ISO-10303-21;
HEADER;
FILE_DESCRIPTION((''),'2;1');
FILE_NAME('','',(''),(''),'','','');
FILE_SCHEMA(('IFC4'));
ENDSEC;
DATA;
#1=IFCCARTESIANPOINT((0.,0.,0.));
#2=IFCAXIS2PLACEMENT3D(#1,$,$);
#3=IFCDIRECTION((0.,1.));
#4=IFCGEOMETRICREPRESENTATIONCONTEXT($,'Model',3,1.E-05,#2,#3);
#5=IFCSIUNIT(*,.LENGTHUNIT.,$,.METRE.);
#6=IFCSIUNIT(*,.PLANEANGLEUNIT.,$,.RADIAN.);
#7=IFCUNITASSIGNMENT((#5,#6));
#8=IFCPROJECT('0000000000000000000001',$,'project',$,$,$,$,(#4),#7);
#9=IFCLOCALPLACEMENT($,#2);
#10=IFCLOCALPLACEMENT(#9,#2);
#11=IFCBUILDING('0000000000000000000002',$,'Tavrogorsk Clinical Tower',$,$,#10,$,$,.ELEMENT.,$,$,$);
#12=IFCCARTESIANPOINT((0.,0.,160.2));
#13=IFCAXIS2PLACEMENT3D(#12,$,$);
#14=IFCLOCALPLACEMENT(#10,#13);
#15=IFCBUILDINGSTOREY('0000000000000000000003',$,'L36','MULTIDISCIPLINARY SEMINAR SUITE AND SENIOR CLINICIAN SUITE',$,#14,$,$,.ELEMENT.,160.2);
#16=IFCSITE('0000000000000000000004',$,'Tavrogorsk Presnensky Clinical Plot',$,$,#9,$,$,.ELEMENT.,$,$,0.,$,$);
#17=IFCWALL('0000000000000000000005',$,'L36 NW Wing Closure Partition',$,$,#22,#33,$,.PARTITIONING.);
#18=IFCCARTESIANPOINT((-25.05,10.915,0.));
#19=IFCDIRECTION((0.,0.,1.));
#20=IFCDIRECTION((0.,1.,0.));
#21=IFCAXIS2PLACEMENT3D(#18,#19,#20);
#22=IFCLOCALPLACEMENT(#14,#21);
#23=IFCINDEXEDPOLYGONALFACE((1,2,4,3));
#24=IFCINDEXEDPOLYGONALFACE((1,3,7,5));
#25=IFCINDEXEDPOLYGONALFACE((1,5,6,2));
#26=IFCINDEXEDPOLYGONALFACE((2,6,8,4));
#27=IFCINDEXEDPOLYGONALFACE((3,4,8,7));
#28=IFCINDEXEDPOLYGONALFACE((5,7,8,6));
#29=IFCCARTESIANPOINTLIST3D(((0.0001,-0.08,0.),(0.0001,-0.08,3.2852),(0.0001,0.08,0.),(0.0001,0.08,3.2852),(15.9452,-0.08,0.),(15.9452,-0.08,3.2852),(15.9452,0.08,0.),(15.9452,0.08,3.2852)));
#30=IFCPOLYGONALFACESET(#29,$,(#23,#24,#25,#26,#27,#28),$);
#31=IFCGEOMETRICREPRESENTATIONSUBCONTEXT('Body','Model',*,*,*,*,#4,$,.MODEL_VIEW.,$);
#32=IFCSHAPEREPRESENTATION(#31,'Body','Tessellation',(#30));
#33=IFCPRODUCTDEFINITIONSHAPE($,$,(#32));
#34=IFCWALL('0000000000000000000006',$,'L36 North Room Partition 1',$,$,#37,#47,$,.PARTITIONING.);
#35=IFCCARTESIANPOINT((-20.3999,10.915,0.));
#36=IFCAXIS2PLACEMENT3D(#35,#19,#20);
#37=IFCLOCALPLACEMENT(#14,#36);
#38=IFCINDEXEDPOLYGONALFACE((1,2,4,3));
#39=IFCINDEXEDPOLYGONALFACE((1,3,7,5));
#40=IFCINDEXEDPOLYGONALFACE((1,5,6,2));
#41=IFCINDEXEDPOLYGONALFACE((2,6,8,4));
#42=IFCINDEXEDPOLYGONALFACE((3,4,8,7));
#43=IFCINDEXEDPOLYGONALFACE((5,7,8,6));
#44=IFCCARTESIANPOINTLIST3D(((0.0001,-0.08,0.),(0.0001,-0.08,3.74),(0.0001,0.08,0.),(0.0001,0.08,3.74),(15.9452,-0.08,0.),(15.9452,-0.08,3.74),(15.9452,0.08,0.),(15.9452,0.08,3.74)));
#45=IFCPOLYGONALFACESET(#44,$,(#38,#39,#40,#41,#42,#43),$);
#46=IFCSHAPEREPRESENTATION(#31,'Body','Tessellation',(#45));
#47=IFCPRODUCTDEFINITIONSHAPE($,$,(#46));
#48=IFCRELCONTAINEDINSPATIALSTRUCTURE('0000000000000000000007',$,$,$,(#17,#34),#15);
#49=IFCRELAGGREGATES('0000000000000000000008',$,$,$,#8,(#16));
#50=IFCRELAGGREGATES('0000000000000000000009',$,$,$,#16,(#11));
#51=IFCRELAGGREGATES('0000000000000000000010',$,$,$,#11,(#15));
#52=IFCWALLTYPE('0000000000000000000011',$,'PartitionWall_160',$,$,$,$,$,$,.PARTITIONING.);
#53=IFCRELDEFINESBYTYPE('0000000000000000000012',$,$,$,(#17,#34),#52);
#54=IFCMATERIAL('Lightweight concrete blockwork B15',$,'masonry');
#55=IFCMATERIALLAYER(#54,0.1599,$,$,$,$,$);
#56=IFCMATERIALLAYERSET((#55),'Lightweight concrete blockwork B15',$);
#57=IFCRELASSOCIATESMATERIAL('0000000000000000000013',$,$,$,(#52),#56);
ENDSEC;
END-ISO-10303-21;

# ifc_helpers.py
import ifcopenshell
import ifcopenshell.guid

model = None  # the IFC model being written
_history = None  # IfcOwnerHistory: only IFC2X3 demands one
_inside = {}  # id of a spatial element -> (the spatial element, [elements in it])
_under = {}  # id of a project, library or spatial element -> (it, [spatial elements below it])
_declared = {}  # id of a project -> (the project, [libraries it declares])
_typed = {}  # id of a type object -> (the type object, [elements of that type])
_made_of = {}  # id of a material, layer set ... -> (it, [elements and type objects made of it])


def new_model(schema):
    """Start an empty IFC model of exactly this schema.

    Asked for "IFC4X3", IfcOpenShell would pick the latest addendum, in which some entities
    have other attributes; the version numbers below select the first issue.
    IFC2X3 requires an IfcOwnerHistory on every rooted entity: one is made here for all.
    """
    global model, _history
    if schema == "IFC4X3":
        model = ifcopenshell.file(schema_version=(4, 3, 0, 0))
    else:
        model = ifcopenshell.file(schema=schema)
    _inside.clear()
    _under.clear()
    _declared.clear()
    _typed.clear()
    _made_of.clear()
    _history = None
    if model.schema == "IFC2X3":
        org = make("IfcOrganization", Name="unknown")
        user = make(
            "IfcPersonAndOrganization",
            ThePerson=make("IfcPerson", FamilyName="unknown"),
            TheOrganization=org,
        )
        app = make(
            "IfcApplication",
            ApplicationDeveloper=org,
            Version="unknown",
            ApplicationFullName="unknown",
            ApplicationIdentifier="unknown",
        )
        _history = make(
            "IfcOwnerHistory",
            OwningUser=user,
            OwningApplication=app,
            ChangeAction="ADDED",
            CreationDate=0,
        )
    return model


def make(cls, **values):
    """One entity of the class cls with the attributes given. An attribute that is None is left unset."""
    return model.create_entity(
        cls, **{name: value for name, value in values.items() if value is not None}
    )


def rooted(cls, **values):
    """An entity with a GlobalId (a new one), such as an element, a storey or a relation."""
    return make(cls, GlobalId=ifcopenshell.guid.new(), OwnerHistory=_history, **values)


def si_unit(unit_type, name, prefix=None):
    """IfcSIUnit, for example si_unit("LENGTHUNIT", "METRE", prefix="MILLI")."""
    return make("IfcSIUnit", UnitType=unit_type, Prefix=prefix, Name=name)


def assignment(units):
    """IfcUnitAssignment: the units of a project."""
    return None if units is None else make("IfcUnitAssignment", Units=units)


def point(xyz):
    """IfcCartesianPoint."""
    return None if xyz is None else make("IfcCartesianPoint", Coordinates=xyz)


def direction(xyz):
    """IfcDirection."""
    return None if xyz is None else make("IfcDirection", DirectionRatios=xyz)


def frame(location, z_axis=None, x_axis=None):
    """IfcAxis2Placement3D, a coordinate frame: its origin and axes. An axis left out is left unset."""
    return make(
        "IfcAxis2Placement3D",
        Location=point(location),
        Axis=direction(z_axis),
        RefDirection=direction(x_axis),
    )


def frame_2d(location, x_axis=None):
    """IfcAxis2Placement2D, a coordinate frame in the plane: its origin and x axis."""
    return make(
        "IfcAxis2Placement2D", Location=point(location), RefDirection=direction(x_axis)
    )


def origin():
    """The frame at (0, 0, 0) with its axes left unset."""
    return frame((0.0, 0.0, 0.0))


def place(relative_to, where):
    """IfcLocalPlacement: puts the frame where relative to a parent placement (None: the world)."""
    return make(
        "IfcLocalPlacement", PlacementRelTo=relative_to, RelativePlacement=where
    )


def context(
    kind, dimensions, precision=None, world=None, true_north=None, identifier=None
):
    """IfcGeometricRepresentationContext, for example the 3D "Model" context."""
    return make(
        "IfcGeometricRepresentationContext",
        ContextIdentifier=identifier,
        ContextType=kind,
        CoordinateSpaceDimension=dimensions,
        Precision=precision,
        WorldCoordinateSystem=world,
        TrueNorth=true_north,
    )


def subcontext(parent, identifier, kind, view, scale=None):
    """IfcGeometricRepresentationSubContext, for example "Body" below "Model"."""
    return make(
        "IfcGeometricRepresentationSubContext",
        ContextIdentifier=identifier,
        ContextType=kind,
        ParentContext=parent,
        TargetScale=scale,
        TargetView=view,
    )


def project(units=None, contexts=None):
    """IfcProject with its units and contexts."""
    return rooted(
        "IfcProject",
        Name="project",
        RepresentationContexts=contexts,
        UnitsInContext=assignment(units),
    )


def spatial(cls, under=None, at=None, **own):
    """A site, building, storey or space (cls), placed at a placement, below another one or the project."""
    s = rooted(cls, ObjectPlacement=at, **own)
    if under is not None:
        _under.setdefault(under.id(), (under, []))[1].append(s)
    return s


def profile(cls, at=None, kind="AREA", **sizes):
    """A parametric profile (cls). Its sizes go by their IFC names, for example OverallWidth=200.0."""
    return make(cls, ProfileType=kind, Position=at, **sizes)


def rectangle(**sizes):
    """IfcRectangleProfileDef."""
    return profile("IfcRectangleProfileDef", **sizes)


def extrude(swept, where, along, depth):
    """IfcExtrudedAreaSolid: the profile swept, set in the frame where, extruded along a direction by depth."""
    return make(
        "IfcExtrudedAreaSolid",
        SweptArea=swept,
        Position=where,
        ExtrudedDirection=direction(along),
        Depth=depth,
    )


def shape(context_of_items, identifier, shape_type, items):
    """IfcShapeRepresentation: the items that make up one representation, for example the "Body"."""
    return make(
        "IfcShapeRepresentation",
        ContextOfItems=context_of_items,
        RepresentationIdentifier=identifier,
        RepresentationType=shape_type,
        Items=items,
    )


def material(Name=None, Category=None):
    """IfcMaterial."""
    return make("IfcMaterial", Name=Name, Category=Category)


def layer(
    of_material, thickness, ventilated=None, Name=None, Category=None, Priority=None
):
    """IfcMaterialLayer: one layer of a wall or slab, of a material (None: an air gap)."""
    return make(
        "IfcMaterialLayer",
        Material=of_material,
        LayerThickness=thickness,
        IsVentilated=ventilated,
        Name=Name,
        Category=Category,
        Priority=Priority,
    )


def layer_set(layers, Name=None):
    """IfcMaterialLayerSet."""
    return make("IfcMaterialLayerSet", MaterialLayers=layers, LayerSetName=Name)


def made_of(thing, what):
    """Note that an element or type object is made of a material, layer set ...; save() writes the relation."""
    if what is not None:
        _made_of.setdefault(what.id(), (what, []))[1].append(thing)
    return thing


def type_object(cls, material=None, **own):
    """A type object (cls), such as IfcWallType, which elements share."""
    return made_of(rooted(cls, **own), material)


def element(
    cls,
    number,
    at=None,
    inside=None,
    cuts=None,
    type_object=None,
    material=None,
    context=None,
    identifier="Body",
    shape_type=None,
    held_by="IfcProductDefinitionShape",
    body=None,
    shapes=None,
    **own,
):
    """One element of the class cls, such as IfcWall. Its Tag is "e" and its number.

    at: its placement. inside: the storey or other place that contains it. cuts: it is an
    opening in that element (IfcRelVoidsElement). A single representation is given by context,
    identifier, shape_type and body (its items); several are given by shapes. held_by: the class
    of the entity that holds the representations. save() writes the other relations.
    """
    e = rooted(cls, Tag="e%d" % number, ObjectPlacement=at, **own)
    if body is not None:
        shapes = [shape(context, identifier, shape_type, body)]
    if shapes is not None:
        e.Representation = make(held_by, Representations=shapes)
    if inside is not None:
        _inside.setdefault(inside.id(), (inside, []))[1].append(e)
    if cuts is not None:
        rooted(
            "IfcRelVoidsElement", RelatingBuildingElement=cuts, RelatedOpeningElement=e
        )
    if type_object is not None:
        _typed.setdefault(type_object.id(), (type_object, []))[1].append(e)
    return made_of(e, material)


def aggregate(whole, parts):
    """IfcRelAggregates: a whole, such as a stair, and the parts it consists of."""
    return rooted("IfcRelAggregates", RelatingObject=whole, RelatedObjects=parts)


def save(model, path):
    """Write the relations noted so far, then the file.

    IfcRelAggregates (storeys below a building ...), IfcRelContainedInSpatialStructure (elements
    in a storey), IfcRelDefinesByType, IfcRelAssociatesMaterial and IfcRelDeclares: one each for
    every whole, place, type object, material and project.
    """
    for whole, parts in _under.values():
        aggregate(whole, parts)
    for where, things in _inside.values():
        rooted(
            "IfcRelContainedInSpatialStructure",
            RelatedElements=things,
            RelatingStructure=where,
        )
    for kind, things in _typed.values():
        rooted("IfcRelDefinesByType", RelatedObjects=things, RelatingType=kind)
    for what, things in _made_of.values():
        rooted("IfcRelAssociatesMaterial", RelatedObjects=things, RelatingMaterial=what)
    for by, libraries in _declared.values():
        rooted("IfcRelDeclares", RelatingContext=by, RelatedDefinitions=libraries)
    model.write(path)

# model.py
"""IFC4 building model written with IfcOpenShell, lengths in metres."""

from ifc_helpers import new_model, si_unit, direction, frame, frame_2d, origin, place, context, subcontext, project, spatial, rectangle, extrude, material, layer, layer_set, type_object, element, save


model = new_model("IFC4")

# Units and contexts
model_context = context("Model", 3, precision=1e-05, world=origin(), true_north=direction((0.0, 1.0)))
body_context = subcontext(model_context, "Body", "Model", "MODEL_VIEW")
ifc_project = project(units=[si_unit("LENGTHUNIT", "METRE"), si_unit("PLANEANGLEUNIT", "RADIAN")], contexts=[model_context])

# Site, building, storey
site_placement = place(None, origin())
site = spatial("IfcSite", under=ifc_project, at=site_placement, Name="Tavrogorsk Presnensky Clinical Plot", CompositionType="ELEMENT", RefElevation=0.0)
building_placement = place(site_placement, origin())
building = spatial("IfcBuilding", under=site, at=building_placement, Name="Tavrogorsk Clinical Tower", CompositionType="ELEMENT")
storey_placement = place(building_placement, frame((0.0, 0.0, 160.2)))
storey = spatial("IfcBuildingStorey", under=building, at=storey_placement, Name="L36", Description="MULTIDISCIPLINARY SEMINAR SUITE AND SENIOR CLINICIAN SUITE", CompositionType="ELEMENT", Elevation=160.2)

# Shared definitions
ifc_material_1 = material(Name="Lightweight concrete blockwork B15", Category="masonry")
ifc_layer_1 = layer(ifc_material_1, 0.1599)
ifc_layer_set_1 = layer_set([ifc_layer_1], Name="Lightweight concrete blockwork B15")
wall_type_1 = type_object("IfcWallType", Name="PartitionWall_160", PredefinedType="PARTITIONING", material=ifc_layer_set_1)

# Walls
wall_1_placement = place(storey_placement, frame((-25.05, 10.915, 0.0), z_axis=(0.0, 0.0, 1.0), x_axis=(0.0, 1.0, 0.0)))
element("IfcWall", 1, at=wall_1_placement, inside=storey, type_object=wall_type_1, Name="L36 NW Wing Closure Partition", PredefinedType="PARTITIONING", context=body_context, shape_type="SweptSolid", body=[
    extrude(rectangle(XDim=15.9451, YDim=0.1599, at=frame_2d((7.9727, 0.0))), origin(), (0.0, 0.0, 1.0), 3.2852),
])
wall_2_placement = place(storey_placement, frame((-20.3999, 10.915, 0.0), z_axis=(0.0, 0.0, 1.0), x_axis=(0.0, 1.0, 0.0)))
element("IfcWall", 2, at=wall_2_placement, inside=storey, type_object=wall_type_1, Name="L36 North Room Partition 1", PredefinedType="PARTITIONING", context=body_context, shape_type="SweptSolid", body=[
    extrude(rectangle(XDim=15.9451, YDim=0.1599, at=frame_2d((7.9727, 0.0))), origin(), (0.0, 0.0, 1.0), 3.74),
])

save(model, "model.ifc")
